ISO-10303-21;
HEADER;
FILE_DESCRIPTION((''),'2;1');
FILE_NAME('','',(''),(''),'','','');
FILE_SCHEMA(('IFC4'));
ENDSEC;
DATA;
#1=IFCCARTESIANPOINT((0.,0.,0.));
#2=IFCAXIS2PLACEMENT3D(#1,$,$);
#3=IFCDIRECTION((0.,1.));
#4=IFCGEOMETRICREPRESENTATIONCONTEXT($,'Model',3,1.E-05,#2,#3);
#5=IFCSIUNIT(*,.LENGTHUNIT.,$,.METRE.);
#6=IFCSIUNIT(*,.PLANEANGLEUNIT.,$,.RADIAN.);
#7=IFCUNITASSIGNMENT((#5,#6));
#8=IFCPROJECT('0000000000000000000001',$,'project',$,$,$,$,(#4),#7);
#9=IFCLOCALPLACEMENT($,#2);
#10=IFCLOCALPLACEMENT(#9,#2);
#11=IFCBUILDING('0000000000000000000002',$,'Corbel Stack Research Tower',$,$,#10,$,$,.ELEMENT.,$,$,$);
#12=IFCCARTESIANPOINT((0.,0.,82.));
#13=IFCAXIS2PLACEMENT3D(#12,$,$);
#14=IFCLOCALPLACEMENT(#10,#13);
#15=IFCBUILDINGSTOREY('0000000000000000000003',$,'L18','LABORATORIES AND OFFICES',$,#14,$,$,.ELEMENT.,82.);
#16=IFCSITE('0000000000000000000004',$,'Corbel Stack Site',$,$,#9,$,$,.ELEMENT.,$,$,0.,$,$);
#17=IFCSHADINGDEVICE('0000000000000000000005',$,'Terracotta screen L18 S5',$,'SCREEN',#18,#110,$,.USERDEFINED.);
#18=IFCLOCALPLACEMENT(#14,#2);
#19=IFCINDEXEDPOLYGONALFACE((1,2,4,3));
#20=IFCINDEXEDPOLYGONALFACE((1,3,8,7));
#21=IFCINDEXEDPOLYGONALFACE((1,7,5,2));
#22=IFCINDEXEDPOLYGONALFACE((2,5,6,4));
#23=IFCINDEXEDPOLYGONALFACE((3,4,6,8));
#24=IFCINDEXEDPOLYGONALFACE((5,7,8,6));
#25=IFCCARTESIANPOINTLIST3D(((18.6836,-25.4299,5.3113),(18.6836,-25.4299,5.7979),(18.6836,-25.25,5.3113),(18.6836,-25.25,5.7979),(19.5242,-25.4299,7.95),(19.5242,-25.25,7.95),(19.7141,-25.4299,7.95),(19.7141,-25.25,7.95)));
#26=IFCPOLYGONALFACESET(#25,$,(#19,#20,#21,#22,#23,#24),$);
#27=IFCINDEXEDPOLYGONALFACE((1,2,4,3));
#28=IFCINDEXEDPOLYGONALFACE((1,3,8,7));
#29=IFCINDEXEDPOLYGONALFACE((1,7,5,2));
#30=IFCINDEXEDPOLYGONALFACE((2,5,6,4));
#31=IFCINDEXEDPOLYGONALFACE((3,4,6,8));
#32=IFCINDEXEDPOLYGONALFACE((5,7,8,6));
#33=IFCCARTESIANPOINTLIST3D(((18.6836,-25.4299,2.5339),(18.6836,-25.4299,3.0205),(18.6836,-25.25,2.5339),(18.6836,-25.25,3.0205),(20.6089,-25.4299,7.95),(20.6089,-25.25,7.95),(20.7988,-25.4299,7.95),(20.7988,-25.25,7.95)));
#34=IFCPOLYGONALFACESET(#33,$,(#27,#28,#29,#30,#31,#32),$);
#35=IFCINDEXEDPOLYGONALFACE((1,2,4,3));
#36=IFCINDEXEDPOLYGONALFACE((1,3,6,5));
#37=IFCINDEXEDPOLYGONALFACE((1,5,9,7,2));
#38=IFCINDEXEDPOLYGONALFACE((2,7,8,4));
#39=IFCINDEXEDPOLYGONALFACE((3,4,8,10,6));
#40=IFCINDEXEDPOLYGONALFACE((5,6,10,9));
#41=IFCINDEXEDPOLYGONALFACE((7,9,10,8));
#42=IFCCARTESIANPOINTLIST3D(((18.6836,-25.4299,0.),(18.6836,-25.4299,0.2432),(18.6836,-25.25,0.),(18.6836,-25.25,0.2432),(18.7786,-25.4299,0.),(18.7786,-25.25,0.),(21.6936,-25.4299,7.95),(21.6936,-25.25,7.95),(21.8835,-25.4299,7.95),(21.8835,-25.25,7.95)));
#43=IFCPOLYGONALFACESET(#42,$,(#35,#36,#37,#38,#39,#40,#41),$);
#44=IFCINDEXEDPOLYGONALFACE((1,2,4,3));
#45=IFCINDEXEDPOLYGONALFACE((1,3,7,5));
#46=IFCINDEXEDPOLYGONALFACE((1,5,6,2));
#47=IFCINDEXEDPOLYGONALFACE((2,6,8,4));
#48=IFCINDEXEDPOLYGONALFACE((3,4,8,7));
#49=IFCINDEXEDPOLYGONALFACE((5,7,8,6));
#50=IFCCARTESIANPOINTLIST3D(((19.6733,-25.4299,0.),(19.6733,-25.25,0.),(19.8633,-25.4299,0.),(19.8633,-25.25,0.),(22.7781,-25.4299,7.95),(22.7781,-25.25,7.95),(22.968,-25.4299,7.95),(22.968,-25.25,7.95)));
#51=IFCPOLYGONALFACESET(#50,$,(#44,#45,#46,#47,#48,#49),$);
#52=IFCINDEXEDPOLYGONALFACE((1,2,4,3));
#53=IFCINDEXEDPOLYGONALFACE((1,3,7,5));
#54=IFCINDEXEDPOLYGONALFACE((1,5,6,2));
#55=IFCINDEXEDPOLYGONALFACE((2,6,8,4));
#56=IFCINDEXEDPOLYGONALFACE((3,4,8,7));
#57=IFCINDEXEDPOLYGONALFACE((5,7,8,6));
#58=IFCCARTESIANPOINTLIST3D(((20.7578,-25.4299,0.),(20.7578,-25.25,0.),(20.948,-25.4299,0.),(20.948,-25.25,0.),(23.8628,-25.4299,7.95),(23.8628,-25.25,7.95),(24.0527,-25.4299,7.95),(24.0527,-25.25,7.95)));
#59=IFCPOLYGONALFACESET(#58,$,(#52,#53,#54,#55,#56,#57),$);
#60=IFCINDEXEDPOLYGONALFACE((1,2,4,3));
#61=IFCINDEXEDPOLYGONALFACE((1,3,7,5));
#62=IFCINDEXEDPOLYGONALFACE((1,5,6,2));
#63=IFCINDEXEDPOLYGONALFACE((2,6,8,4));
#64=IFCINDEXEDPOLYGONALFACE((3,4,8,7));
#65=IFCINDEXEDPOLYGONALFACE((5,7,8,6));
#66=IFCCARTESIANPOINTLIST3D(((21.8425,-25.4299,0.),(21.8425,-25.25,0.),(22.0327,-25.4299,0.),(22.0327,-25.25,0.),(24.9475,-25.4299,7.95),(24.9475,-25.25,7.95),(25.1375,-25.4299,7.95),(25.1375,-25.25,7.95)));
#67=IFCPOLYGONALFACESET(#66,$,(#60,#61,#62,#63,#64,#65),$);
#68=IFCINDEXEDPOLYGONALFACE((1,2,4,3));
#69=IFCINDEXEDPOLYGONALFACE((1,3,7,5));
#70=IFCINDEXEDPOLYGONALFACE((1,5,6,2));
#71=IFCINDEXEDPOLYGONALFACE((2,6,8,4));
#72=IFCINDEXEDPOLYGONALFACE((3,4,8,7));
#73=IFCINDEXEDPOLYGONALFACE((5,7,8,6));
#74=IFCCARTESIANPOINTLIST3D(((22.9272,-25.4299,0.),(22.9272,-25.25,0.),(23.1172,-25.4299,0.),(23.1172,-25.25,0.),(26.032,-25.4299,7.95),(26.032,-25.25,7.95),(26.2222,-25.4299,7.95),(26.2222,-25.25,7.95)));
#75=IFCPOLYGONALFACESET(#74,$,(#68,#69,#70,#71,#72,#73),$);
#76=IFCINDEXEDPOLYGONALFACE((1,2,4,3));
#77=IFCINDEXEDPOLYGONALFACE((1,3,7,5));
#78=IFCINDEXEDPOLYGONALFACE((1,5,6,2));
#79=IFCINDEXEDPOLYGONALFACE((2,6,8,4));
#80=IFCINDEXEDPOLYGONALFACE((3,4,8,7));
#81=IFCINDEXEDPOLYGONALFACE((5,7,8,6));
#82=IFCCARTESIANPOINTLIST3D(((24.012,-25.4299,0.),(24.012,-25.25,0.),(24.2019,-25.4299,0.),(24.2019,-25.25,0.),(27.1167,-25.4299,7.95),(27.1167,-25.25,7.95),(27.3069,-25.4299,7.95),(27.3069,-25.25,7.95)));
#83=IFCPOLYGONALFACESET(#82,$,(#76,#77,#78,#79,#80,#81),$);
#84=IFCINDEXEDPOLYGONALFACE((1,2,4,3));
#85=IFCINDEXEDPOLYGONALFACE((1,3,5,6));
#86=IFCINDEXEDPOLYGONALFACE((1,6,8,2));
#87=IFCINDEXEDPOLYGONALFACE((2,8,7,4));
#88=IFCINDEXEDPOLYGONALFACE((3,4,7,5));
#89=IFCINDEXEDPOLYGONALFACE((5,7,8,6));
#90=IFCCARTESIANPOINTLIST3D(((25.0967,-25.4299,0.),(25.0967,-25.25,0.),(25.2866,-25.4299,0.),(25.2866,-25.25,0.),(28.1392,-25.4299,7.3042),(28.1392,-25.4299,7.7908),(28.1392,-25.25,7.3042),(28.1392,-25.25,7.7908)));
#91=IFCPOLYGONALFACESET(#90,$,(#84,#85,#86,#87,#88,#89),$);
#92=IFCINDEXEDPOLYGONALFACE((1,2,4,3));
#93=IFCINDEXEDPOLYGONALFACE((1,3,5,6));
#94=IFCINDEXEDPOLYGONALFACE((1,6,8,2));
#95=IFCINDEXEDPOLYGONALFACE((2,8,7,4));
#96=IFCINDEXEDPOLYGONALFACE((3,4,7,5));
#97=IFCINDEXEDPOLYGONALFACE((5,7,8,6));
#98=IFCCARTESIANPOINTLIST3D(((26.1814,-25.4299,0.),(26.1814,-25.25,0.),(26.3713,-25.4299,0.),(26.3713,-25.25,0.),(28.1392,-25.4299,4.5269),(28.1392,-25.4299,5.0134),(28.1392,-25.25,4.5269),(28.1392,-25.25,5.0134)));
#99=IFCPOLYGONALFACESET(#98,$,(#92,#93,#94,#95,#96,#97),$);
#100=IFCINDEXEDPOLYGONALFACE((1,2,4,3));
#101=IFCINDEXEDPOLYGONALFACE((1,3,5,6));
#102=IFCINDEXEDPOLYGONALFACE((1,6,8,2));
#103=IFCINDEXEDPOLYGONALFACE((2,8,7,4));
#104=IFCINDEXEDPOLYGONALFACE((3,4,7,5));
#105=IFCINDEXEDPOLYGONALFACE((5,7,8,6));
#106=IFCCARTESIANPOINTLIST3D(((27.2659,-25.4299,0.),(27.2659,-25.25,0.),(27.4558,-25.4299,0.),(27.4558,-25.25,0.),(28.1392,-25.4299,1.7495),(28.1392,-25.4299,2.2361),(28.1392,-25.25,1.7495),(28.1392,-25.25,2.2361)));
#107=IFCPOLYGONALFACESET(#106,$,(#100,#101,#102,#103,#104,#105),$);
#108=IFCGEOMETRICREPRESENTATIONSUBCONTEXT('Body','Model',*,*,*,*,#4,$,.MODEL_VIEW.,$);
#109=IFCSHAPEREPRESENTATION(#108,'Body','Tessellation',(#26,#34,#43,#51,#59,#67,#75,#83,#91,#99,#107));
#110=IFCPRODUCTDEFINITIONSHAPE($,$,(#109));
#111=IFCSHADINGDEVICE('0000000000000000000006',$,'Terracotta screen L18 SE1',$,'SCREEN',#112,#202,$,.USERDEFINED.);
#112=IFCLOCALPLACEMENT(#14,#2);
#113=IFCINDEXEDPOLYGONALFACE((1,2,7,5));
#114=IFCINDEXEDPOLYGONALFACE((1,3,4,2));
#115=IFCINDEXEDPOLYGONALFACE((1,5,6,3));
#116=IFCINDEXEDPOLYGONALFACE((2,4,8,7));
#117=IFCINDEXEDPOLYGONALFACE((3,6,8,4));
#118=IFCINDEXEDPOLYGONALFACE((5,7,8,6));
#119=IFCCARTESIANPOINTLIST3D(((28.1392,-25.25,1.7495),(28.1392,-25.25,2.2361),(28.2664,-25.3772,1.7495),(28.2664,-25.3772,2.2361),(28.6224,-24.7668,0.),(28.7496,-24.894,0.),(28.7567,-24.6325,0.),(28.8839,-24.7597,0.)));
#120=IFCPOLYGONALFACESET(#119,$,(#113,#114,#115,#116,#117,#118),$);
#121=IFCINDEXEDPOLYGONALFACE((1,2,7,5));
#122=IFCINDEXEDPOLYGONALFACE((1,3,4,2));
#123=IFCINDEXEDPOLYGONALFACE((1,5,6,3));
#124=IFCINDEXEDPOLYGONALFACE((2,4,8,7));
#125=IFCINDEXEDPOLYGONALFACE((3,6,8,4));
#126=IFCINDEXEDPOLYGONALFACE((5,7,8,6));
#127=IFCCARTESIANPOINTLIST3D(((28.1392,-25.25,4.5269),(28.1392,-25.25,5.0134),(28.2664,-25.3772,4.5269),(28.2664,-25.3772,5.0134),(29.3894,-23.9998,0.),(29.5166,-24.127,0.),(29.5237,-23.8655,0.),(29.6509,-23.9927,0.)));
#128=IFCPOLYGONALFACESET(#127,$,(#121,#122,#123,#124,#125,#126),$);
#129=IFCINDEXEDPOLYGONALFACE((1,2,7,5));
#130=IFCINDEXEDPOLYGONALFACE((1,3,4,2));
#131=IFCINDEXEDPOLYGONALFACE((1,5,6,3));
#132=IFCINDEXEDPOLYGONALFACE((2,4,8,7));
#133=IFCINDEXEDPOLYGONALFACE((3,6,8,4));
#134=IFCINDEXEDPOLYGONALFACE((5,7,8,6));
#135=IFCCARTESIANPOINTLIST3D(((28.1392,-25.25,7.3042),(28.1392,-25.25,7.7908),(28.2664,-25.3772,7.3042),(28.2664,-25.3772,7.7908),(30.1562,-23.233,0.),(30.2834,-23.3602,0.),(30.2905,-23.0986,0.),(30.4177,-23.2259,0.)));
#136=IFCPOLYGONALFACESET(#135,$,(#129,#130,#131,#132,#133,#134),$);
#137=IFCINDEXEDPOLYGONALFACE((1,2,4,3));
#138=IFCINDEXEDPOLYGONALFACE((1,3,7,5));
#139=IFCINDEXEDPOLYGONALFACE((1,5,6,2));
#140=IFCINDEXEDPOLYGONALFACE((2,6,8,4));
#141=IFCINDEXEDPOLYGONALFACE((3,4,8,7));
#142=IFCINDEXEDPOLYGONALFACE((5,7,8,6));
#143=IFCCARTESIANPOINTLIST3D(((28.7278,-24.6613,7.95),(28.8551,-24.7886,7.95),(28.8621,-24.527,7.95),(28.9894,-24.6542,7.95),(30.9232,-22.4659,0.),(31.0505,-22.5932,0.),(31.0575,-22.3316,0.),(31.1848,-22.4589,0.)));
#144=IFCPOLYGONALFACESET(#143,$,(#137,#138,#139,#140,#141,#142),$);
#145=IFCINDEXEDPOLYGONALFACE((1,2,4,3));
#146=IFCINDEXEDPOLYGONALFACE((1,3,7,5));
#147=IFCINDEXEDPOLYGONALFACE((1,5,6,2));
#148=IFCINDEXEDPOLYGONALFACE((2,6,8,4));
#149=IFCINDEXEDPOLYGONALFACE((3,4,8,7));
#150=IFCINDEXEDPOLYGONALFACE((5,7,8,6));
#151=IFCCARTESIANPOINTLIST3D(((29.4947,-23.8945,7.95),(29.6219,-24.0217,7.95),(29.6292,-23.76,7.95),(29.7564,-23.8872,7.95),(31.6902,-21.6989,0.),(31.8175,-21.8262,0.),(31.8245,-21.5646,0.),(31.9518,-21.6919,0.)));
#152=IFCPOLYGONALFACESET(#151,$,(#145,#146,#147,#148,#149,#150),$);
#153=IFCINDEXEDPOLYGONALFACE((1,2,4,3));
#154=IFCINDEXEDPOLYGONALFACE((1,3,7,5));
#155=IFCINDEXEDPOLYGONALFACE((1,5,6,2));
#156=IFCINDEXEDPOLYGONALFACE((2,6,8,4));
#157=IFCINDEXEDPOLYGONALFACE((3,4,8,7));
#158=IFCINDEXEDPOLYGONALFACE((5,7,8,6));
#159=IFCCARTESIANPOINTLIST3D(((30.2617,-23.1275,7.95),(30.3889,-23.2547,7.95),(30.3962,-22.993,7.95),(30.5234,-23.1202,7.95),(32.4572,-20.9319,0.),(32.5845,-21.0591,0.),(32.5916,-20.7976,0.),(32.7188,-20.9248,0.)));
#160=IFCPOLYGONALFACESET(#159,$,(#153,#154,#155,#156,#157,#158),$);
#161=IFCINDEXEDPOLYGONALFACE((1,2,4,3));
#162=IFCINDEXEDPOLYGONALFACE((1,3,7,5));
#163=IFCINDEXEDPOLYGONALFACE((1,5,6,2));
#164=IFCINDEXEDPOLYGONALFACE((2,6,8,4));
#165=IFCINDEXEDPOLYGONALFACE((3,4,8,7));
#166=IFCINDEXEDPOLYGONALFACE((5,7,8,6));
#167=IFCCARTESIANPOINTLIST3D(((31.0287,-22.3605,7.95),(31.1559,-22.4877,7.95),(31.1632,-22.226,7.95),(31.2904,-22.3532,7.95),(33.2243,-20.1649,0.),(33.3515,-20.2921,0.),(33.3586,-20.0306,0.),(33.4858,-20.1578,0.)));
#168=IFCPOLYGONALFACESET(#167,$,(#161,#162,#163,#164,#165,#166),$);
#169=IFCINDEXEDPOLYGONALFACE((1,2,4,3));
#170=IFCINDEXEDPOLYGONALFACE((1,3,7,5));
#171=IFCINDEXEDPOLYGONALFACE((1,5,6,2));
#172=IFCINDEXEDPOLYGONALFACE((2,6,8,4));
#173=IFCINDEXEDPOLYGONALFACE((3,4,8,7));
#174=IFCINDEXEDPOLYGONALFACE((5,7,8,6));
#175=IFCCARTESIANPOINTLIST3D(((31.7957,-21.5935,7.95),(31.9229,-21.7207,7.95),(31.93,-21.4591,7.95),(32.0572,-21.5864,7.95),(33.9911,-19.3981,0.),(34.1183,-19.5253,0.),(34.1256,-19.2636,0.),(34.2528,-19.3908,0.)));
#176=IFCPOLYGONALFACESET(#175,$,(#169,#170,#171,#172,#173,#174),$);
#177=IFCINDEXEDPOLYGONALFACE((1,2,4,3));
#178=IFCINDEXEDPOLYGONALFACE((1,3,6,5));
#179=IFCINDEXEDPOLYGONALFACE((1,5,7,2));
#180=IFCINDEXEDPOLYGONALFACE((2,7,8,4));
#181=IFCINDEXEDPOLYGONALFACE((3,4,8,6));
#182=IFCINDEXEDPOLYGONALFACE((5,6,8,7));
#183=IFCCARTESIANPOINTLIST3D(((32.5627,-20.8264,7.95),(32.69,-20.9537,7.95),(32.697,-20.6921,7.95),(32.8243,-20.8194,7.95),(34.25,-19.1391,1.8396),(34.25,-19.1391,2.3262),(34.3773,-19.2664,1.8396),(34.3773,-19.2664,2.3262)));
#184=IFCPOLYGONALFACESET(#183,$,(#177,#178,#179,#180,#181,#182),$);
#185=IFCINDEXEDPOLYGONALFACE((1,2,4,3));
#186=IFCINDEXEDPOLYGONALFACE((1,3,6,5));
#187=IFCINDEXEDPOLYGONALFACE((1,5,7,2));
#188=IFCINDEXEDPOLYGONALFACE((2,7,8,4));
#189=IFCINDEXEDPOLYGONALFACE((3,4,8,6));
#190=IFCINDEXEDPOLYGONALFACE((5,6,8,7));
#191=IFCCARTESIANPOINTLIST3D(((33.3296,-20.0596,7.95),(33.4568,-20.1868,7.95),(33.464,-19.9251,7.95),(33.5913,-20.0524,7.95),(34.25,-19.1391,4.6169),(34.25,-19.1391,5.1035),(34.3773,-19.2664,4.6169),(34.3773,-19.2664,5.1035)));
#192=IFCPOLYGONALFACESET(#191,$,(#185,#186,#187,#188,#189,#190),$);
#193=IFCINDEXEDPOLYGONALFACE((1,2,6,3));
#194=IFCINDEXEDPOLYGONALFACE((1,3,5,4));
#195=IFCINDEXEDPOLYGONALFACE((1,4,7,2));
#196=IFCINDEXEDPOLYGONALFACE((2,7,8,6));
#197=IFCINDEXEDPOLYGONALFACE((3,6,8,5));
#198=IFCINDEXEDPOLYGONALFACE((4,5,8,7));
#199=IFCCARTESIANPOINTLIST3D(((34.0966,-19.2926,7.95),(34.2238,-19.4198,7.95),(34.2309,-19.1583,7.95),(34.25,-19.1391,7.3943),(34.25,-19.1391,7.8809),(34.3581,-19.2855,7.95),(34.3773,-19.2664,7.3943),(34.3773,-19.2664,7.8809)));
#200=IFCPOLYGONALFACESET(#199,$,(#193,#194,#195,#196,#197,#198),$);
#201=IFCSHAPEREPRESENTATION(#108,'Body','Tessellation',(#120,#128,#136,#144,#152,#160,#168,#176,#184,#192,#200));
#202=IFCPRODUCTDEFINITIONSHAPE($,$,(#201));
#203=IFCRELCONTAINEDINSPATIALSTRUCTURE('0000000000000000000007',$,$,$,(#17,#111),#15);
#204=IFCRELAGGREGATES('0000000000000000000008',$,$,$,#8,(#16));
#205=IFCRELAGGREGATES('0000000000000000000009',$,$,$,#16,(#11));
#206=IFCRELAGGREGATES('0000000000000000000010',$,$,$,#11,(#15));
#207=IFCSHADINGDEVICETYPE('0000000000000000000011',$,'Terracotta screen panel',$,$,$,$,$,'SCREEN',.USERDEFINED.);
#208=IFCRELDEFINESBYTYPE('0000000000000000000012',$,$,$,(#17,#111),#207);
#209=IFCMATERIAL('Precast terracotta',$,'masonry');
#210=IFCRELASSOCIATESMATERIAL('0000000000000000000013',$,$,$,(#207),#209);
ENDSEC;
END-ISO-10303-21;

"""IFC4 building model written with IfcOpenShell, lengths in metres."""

from ifc_helpers import new_model, si_unit, direction, frame, origin, place, context, subcontext, project, spatial, polyline, outline, extrude, source, transform, mapped, material, type_object, element, save


model = new_model("IFC4")

# Units and contexts
model_context = context("Model", 3, precision=1e-05, world=origin(), true_north=direction((0.0, 1.0)))
body_context = subcontext(model_context, "Body", "Model", "MODEL_VIEW")
ifc_project = project(units=[si_unit("LENGTHUNIT", "METRE"), si_unit("PLANEANGLEUNIT", "RADIAN")], contexts=[model_context])

# Site, building, storey
site_placement = place(None, origin())
site = spatial("IfcSite", under=ifc_project, at=site_placement, Name="Corbel Stack Site", CompositionType="ELEMENT", RefElevation=0.0)
building_placement = place(site_placement, origin())
building = spatial("IfcBuilding", under=site, at=building_placement, Name="Corbel Stack Research Tower", CompositionType="ELEMENT")
storey_placement = place(building_placement, frame((0.0, 0.0, 82.0)))
storey = spatial("IfcBuildingStorey", under=building, at=storey_placement, Name="L18", Description="LABORATORIES AND OFFICES", CompositionType="ELEMENT", Elevation=82.0)

# Shading devices
ifc_material_1 = material(Name="Precast terracotta", Category="masonry")
shading_device_type = type_object("IfcShadingDeviceType", Name="Terracotta screen panel", ElementType="SCREEN", PredefinedType="USERDEFINED", material=ifc_material_1)
shared_shape_1 = source(origin(), body_context, "Body", "SweptSolid", [
    extrude(outline(polyline([(1.0305, 7.95), (0.8406, 7.95), (0.0, 5.7979), (0.0, 5.3113), (1.0305, 7.95)])), frame((0.0, 0.0, 0.0), z_axis=(0.0, -1.0, 0.0), x_axis=(1.0, 0.0, 0.0)), (0.0, 0.0, 1.0), 0.1799),
    extrude(outline(polyline([(2.1152, 7.95), (1.9253, 7.95), (0.0, 3.0205), (0.0, 2.5339), (2.1152, 7.95)])), frame((0.0, 0.0, 0.0), z_axis=(0.0, -1.0, 0.0), x_axis=(1.0, 0.0, 0.0)), (0.0, 0.0, 1.0), 0.1799),
    extrude(outline(polyline([(0.095, 0.0), (3.2, 7.95), (3.01, 7.95), (0.0, 0.2432), (0.0, 0.0), (0.095, 0.0)])), frame((0.0, 0.0, 0.0), z_axis=(0.0, -1.0, 0.0), x_axis=(1.0, 0.0, 0.0)), (0.0, 0.0, 1.0), 0.1799),
    extrude(outline(polyline([(1.1797, 0.0), (4.2844, 7.95), (4.0945, 7.95), (0.9897, 0.0), (1.1797, 0.0)])), frame((0.0, 0.0, 0.0), z_axis=(0.0, -1.0, 0.0), x_axis=(1.0, 0.0, 0.0)), (0.0, 0.0, 1.0), 0.1799),
    extrude(outline(polyline([(2.2644, 0.0), (5.3691, 7.95), (5.1792, 7.95), (2.0742, 0.0), (2.2644, 0.0)])), frame((0.0, 0.0, 0.0), z_axis=(0.0, -1.0, 0.0), x_axis=(1.0, 0.0, 0.0)), (0.0, 0.0, 1.0), 0.1799),
    extrude(outline(polyline([(3.3491, 0.0), (6.4539, 7.95), (6.2639, 7.95), (3.1589, 0.0), (3.3491, 0.0)])), frame((0.0, 0.0, 0.0), z_axis=(0.0, -1.0, 0.0), x_axis=(1.0, 0.0, 0.0)), (0.0, 0.0, 1.0), 0.1799),
    extrude(outline(polyline([(4.4336, 0.0), (7.5386, 7.95), (7.3484, 7.95), (4.2437, 0.0), (4.4336, 0.0)])), frame((0.0, 0.0, 0.0), z_axis=(0.0, -1.0, 0.0), x_axis=(1.0, 0.0, 0.0)), (0.0, 0.0, 1.0), 0.1799),
    extrude(outline(polyline([(5.5183, 0.0), (8.6233, 7.95), (8.4331, 7.95), (5.3284, 0.0), (5.5183, 0.0)])), frame((0.0, 0.0, 0.0), z_axis=(0.0, -1.0, 0.0), x_axis=(1.0, 0.0, 0.0)), (0.0, 0.0, 1.0), 0.1799),
    extrude(outline(polyline([(6.603, 0.0), (9.4556, 7.3042), (9.4556, 7.7908), (6.4131, 0.0), (6.603, 0.0)])), frame((0.0, 0.0, 0.0), z_axis=(0.0, -1.0, 0.0), x_axis=(1.0, 0.0, 0.0)), (0.0, 0.0, 1.0), 0.1799),
    extrude(outline(polyline([(7.6877, 0.0), (9.4556, 4.5269), (9.4556, 5.0134), (7.4978, 0.0), (7.6877, 0.0)])), frame((0.0, 0.0, 0.0), z_axis=(0.0, -1.0, 0.0), x_axis=(1.0, 0.0, 0.0)), (0.0, 0.0, 1.0), 0.1799),
    extrude(outline(polyline([(8.7722, 0.0), (9.4556, 1.7495), (9.4556, 2.2361), (8.5823, 0.0), (8.7722, 0.0)])), frame((0.0, 0.0, 0.0), z_axis=(0.0, -1.0, 0.0), x_axis=(1.0, 0.0, 0.0)), (0.0, 0.0, 1.0), 0.1799),
])
shading_device_1_placement = place(storey_placement, frame((18.6836, -25.25, 0.0), z_axis=(0.0, 0.0, 1.0), x_axis=(1.0, 0.0, 0.0)))
element("IfcShadingDevice", 1, at=shading_device_1_placement, inside=storey, type_object=shading_device_type, Name="Terracotta screen L18 S5", ObjectType="SCREEN", PredefinedType="USERDEFINED", context=body_context, shape_type="MappedRepresentation", body=[
    mapped(shared_shape_1, transform((0.0, 0.0, 0.0))),
])
shared_shape_2 = source(origin(), body_context, "Body", "SweptSolid", [
    extrude(outline(polyline([(0.8733, 0.0), (0.0, 2.2361), (0.0, 1.7495), (0.6833, 0.0), (0.8733, 0.0)])), frame((0.0, 0.0, 0.0), z_axis=(0.0, -1.0, 0.0), x_axis=(1.0, 0.0, 0.0)), (0.0, 0.0, 1.0), 0.1799),
    extrude(outline(polyline([(1.958, 0.0), (0.0, 5.0134), (0.0, 4.5269), (1.7681, 0.0), (1.958, 0.0)])), frame((0.0, 0.0, 0.0), z_axis=(0.0, -1.0, 0.0), x_axis=(1.0, 0.0, 0.0)), (0.0, 0.0, 1.0), 0.1799),
    extrude(outline(polyline([(3.0425, 0.0), (0.0, 7.7908), (0.0, 7.3042), (2.8525, 0.0), (3.0425, 0.0)])), frame((0.0, 0.0, 0.0), z_axis=(0.0, -1.0, 0.0), x_axis=(1.0, 0.0, 0.0)), (0.0, 0.0, 1.0), 0.1799),
    extrude(outline(polyline([(4.1272, 0.0), (1.0225, 7.95), (0.8325, 7.95), (3.9373, 0.0), (4.1272, 0.0)])), frame((0.0, 0.0, 0.0), z_axis=(0.0, -1.0, 0.0), x_axis=(1.0, 0.0, 0.0)), (0.0, 0.0, 1.0), 0.1799),
    extrude(outline(polyline([(5.2119, 0.0), (2.1072, 7.95), (1.917, 7.95), (5.022, 0.0), (5.2119, 0.0)])), frame((0.0, 0.0, 0.0), z_axis=(0.0, -1.0, 0.0), x_axis=(1.0, 0.0, 0.0)), (0.0, 0.0, 1.0), 0.1799),
    extrude(outline(polyline([(6.2966, 0.0), (3.1919, 7.95), (3.0017, 7.95), (6.1067, 0.0), (6.2966, 0.0)])), frame((0.0, 0.0, 0.0), z_axis=(0.0, -1.0, 0.0), x_axis=(1.0, 0.0, 0.0)), (0.0, 0.0, 1.0), 0.1799),
    extrude(outline(polyline([(7.3813, 0.0), (4.2766, 7.95), (4.0864, 7.95), (7.1914, 0.0), (7.3813, 0.0)])), frame((0.0, 0.0, 0.0), z_axis=(0.0, -1.0, 0.0), x_axis=(1.0, 0.0, 0.0)), (0.0, 0.0, 1.0), 0.1799),
    extrude(outline(polyline([(8.4661, 0.0), (5.3611, 7.95), (5.1711, 7.95), (8.2759, 0.0), (8.4661, 0.0)])), frame((0.0, 0.0, 0.0), z_axis=(0.0, -1.0, 0.0), x_axis=(1.0, 0.0, 0.0)), (0.0, 0.0, 1.0), 0.1799),
    extrude(outline(polyline([(6.4458, 7.95), (6.2559, 7.95), (8.6421, 1.8396), (8.6421, 2.3262), (6.4458, 7.95)])), frame((0.0, 0.0, 0.0), z_axis=(0.0, -1.0, 0.0), x_axis=(1.0, 0.0, 0.0)), (0.0, 0.0, 1.0), 0.1799),
    extrude(outline(polyline([(7.5305, 7.95), (7.3403, 7.95), (8.6421, 4.6169), (8.6421, 5.1035), (7.5305, 7.95)])), frame((0.0, 0.0, 0.0), z_axis=(0.0, -1.0, 0.0), x_axis=(1.0, 0.0, 0.0)), (0.0, 0.0, 1.0), 0.1799),
    extrude(outline(polyline([(8.615, 7.95), (8.425, 7.95), (8.6421, 7.3943), (8.6421, 7.8809), (8.615, 7.95)])), frame((0.0, 0.0, 0.0), z_axis=(0.0, -1.0, 0.0), x_axis=(1.0, 0.0, 0.0)), (0.0, 0.0, 1.0), 0.1799),
])
shading_device_2_placement = place(storey_placement, frame((28.1392, -25.25, 0.0), z_axis=(0.0, 0.0, 1.0), x_axis=(0.707107, 0.707107, 0.0)))
element("IfcShadingDevice", 2, at=shading_device_2_placement, inside=storey, type_object=shading_device_type, Name="Terracotta screen L18 SE1", ObjectType="SCREEN", PredefinedType="USERDEFINED", context=body_context, shape_type="MappedRepresentation", body=[
    mapped(shared_shape_2, transform((0.0, 0.0, 0.0))),
])

save(model, "model.ifc")
